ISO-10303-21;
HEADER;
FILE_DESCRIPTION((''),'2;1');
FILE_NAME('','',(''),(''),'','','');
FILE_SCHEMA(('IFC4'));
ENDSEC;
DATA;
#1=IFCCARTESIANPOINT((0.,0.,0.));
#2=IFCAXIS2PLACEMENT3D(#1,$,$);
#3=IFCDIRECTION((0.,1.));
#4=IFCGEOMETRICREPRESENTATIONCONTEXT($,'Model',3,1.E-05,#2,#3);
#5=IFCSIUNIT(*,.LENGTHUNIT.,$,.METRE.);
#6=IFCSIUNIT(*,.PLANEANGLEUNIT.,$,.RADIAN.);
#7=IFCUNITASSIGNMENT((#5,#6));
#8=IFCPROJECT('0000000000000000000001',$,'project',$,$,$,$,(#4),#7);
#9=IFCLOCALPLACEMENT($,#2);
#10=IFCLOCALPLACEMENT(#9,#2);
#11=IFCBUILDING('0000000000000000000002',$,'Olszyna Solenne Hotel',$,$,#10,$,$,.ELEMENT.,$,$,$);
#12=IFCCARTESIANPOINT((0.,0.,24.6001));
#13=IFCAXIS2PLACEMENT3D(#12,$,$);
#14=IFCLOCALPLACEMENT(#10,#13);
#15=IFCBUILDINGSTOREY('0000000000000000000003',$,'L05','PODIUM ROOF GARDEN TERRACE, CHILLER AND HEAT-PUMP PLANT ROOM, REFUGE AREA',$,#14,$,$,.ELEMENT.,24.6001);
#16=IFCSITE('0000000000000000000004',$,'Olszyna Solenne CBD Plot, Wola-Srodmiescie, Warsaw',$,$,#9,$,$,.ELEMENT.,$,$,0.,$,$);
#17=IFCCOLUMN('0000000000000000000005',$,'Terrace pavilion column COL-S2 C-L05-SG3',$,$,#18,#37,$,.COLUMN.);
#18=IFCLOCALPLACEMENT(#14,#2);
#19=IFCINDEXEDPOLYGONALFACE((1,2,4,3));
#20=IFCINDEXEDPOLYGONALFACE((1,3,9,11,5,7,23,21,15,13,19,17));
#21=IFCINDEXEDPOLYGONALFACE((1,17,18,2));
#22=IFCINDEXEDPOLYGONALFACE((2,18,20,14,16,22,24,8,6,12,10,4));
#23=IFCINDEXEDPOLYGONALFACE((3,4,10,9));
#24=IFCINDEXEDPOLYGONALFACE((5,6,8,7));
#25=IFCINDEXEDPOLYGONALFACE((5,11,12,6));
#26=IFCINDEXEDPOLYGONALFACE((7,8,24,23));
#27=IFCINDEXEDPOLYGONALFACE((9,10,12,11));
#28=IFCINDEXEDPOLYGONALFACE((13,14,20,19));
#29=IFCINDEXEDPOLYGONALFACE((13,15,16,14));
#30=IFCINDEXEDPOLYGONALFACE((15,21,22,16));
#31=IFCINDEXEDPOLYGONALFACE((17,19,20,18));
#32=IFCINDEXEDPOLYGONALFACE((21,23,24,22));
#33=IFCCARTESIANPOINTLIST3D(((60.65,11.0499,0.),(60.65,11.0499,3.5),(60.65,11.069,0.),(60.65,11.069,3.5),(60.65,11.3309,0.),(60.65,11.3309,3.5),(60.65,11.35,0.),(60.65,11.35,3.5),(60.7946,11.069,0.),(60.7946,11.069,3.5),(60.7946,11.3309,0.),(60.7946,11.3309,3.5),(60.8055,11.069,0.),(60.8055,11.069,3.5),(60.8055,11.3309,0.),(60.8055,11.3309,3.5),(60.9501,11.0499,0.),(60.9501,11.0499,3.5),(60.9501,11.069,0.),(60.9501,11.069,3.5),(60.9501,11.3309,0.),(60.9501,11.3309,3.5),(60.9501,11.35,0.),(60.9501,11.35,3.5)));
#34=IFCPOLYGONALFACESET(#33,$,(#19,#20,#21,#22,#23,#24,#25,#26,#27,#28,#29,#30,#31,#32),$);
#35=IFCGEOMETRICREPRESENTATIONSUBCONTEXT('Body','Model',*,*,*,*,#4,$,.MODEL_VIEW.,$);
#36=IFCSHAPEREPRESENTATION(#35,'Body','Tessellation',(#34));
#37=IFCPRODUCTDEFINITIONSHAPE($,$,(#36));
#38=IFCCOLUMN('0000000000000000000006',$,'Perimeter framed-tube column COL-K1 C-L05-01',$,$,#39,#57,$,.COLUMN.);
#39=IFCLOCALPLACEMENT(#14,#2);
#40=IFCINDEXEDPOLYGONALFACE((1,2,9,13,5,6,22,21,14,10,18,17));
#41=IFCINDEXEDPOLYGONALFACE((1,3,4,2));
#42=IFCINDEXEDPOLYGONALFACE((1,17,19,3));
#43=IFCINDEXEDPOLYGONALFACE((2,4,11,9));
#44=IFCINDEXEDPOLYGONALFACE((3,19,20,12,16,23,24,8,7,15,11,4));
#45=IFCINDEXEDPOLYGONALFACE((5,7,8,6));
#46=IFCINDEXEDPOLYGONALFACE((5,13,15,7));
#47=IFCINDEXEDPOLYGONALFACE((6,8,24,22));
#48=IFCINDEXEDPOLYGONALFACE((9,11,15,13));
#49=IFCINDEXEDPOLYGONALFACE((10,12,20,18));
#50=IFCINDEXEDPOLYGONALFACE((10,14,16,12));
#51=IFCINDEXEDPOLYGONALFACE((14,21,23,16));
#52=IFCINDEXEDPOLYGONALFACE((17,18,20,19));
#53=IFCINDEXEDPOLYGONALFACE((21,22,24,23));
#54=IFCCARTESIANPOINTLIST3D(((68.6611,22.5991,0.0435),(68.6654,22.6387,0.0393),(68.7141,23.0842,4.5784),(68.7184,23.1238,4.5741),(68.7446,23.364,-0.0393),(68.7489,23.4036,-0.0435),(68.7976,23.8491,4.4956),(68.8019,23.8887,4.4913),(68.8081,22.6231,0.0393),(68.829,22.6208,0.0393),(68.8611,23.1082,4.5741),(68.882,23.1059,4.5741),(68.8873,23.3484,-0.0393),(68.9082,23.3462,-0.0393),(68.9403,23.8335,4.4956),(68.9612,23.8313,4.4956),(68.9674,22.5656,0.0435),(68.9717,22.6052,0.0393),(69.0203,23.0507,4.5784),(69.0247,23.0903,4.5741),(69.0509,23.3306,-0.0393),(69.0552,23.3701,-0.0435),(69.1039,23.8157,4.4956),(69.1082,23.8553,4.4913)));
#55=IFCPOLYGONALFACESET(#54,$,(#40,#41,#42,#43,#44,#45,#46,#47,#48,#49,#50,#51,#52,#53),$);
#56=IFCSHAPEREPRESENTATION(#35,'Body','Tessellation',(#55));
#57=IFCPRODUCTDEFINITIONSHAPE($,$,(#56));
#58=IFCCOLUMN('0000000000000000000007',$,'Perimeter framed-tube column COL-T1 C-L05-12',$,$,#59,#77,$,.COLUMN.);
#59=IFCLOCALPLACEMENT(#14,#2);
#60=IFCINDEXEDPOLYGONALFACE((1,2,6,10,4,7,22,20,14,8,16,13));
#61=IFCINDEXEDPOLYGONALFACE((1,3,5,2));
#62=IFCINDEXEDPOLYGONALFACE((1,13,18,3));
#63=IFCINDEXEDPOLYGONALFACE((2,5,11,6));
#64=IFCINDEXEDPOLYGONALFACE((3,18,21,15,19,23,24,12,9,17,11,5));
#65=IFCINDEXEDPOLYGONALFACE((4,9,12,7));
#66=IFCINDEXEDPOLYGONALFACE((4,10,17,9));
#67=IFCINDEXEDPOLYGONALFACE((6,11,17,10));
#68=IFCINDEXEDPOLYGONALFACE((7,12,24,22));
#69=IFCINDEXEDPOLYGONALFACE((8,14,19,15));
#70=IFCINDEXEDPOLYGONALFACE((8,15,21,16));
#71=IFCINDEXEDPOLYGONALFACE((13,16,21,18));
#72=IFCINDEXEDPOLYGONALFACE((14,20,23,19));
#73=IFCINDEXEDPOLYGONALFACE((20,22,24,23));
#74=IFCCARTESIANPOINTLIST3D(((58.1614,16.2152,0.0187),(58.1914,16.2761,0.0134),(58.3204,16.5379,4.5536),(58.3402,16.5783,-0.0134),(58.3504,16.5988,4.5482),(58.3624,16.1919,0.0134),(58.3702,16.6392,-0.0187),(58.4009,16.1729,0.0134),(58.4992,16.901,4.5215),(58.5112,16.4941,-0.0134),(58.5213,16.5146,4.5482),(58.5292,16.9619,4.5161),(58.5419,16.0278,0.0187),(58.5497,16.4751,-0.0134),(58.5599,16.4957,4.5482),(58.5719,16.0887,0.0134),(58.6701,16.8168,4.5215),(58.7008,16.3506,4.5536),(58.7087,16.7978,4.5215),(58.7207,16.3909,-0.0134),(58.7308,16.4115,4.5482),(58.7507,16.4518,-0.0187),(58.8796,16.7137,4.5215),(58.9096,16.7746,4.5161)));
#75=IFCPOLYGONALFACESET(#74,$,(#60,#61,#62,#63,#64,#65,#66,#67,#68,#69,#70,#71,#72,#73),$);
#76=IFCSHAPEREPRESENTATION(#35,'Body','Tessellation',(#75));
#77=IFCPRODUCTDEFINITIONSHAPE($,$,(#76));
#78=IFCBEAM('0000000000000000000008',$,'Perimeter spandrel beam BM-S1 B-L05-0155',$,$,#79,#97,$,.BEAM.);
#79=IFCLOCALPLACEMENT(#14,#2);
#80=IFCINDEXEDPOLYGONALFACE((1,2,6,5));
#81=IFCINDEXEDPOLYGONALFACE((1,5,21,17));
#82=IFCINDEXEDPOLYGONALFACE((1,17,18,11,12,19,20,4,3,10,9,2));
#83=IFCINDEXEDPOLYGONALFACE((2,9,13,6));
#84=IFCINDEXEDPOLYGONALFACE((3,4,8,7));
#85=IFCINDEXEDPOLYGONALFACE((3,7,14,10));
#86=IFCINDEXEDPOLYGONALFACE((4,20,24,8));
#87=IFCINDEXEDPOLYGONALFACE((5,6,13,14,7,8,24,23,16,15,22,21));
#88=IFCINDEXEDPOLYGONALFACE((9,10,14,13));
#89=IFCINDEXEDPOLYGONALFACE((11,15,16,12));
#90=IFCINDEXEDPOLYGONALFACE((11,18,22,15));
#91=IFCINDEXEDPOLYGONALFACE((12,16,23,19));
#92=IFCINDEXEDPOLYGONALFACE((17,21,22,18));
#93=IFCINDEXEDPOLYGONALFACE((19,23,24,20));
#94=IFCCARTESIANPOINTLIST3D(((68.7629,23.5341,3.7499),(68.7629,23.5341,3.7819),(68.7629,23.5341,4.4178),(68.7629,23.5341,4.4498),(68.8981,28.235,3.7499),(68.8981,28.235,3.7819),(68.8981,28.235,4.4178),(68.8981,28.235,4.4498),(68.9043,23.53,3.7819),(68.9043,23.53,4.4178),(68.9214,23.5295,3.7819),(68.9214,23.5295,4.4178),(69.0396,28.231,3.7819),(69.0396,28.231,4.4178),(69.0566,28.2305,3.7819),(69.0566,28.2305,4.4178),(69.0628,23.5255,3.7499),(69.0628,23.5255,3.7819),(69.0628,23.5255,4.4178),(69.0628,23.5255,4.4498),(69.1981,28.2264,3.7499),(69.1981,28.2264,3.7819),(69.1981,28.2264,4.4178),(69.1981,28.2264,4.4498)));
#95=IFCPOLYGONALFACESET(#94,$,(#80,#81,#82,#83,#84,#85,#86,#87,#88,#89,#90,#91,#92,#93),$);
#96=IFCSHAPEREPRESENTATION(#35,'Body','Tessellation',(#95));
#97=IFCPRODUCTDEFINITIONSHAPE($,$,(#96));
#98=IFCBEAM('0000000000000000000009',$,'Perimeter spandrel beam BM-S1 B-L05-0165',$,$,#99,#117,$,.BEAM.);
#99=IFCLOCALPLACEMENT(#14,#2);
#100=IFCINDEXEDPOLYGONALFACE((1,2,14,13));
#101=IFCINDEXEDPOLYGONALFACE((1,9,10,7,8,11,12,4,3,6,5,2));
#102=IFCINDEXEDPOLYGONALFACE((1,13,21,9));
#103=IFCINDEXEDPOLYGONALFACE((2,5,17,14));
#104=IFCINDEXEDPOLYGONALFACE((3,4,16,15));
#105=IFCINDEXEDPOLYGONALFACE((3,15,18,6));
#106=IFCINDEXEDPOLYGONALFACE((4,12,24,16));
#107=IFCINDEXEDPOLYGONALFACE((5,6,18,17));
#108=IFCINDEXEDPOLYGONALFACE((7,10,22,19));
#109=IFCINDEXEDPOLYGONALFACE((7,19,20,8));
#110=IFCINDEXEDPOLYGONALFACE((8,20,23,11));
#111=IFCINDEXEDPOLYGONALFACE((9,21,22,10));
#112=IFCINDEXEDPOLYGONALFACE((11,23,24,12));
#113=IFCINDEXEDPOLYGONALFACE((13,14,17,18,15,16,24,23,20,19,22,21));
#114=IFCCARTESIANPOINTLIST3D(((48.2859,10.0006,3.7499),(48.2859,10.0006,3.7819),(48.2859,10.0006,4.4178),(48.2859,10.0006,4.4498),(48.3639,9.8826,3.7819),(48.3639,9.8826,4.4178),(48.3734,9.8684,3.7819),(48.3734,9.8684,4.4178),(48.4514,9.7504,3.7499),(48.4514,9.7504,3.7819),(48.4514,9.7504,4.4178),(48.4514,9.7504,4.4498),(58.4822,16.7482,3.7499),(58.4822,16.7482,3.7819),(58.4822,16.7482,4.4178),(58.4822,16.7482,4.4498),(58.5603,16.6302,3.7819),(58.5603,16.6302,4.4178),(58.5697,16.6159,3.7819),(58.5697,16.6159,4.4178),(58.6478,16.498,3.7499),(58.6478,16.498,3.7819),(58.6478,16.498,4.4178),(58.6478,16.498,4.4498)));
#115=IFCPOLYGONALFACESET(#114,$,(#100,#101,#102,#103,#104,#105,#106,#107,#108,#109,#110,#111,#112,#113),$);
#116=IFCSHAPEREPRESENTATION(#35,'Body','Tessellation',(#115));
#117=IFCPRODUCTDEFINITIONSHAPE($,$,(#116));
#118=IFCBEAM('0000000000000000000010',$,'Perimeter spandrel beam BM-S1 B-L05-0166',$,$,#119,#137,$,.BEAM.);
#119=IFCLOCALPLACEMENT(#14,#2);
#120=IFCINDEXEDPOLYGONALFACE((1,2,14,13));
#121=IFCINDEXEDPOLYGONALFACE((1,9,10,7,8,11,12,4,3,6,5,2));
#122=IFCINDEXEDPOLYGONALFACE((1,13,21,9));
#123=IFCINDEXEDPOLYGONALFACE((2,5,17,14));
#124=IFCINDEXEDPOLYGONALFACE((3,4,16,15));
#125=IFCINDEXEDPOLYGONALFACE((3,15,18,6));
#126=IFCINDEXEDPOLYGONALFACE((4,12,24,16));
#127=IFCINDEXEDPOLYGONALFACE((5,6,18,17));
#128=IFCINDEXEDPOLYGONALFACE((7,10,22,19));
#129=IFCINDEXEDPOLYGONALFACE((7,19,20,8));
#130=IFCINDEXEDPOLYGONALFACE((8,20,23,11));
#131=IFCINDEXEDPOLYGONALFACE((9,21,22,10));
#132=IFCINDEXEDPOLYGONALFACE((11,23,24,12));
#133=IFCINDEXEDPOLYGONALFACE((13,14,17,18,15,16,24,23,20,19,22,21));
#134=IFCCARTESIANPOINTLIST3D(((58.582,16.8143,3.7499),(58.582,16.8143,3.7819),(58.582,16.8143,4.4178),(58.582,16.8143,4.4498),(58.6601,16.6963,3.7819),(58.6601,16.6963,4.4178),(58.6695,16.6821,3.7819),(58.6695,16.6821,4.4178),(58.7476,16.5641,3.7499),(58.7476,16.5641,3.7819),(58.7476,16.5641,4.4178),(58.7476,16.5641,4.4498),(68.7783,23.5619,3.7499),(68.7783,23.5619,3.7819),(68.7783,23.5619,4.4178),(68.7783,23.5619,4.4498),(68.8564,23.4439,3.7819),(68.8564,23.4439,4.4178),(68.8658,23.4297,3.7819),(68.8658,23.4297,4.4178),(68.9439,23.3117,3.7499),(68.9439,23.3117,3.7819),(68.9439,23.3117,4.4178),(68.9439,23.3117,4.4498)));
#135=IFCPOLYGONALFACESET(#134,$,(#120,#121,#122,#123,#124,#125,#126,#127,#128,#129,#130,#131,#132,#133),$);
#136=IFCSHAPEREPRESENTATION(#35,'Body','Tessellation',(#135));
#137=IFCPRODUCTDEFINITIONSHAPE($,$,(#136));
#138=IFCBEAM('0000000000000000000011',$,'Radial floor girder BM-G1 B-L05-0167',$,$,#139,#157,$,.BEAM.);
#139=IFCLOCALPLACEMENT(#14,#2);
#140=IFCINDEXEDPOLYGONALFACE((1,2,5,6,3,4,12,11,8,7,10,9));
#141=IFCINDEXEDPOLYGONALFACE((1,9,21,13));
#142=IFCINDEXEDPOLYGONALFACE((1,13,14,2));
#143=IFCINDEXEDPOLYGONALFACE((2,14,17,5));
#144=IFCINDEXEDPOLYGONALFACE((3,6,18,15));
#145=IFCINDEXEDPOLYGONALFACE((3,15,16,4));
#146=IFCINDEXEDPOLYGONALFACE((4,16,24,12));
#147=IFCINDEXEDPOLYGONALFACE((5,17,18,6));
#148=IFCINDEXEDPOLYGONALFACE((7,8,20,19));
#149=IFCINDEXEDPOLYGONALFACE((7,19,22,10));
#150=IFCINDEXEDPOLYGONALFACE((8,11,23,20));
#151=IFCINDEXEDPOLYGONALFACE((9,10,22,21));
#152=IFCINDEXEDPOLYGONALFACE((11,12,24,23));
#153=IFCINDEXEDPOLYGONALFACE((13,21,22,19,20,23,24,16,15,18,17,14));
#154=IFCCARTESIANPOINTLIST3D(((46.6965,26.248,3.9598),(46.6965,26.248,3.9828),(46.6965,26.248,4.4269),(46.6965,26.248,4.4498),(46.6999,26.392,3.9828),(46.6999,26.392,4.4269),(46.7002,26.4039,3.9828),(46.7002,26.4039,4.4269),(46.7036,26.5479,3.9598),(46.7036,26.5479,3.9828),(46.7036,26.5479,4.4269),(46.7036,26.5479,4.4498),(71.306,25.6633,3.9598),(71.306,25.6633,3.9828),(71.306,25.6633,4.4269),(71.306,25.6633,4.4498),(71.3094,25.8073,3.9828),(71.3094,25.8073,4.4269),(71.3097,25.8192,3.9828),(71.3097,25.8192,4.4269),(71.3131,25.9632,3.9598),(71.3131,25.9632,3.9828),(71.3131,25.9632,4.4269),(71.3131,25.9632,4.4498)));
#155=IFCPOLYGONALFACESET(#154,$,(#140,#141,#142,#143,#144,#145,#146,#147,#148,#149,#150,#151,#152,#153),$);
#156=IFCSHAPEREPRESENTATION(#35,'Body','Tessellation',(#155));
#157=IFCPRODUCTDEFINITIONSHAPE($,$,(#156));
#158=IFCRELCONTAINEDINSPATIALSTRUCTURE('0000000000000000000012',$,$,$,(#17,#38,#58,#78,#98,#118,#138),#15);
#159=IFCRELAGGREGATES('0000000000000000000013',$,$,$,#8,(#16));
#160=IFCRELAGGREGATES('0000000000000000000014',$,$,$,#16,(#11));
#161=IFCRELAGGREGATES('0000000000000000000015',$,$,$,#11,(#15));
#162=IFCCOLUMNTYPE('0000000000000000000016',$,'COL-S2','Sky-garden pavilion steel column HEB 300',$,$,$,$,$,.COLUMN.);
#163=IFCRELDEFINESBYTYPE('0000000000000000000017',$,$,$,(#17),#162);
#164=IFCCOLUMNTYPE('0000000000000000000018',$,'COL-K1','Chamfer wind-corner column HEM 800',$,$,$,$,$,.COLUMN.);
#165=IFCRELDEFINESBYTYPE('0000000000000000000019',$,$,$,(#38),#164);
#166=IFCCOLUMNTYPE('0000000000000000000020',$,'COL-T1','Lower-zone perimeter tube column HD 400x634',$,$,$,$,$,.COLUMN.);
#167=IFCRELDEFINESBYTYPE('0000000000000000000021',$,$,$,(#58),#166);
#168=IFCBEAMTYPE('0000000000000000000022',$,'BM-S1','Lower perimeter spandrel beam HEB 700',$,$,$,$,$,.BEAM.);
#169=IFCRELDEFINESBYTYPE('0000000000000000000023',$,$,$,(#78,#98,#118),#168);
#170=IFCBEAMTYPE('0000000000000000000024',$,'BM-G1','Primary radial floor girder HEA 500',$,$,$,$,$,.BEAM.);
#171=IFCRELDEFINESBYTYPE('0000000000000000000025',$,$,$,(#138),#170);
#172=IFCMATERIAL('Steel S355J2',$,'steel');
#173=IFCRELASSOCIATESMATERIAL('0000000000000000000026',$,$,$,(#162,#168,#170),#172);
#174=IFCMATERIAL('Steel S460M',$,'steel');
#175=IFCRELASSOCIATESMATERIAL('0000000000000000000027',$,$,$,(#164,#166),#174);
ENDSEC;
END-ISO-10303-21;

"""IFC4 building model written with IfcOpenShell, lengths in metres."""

from ifc_helpers import new_model, si_unit, direction, frame, origin, origin_2d, place, context, subcontext, project, spatial, i_section, extrude, source, transform, mapped, material, material_profile, profile_set, type_object, element, save


model = new_model("IFC4")

# Units and contexts
model_context = context("Model", 3, precision=1e-05, world=origin(), true_north=direction((0.0, 1.0)))
body_context = subcontext(model_context, "Body", "Model", "MODEL_VIEW")
ifc_project = project(units=[si_unit("LENGTHUNIT", "METRE"), si_unit("PLANEANGLEUNIT", "RADIAN")], contexts=[model_context])

# Site, building, storey
site_placement = place(None, origin())
site = spatial("IfcSite", under=ifc_project, at=site_placement, Name="Olszyna Solenne CBD Plot, Wola-Srodmiescie, Warsaw", CompositionType="ELEMENT", RefElevation=0.0)
building_placement = place(site_placement, origin())
building = spatial("IfcBuilding", under=site, at=building_placement, Name="Olszyna Solenne Hotel", CompositionType="ELEMENT")
storey_placement = place(building_placement, frame((0.0, 0.0, 24.6001)))
storey = spatial("IfcBuildingStorey", under=building, at=storey_placement, Name="L05", Description="PODIUM ROOF GARDEN TERRACE, CHILLER AND HEAT-PUMP PLANT ROOM, REFUGE AREA", CompositionType="ELEMENT", Elevation=24.6001)

# Columns
ifc_material_1 = material(Name="Steel S355J2", Category="steel")
ifc_material_profile_1 = material_profile(ifc_material_1, i_section(OverallWidth=0.3, OverallDepth=0.3, WebThickness=0.011, FlangeThickness=0.019, at=origin_2d()), Name="HEB 300", Category="load-bearing")
ifc_profile_set_1 = profile_set([ifc_material_profile_1], Name="Steel S355J2")
column_type_1 = type_object("IfcColumnType", Name="COL-S2", Description="Sky-garden pavilion steel column HEB 300", PredefinedType="COLUMN", material=ifc_profile_set_1)
shared_shape_1 = source(origin(), body_context, "Body", "SweptSolid", [
    extrude(i_section(OverallWidth=0.3, OverallDepth=0.3, WebThickness=0.011, FlangeThickness=0.019, at=origin_2d()), origin(), (0.0, 0.0, 1.0), 3.5),
])
column_1_placement = place(storey_placement, frame((60.8, 11.2, 0.0), z_axis=(0.0, 0.0, 1.0), x_axis=(1.0, 0.0, 0.0)))
element("IfcColumn", 1, at=column_1_placement, inside=storey, type_object=column_type_1, Name="Terrace pavilion column COL-S2 C-L05-SG3", PredefinedType="COLUMN", context=body_context, shape_type="MappedRepresentation", body=[
    mapped(shared_shape_1, transform((0.0, 0.0, 0.0), x_axis=(1.0, 0.0, 0.0), y_axis=(0.0, 1.0, 0.0), z_axis=(0.0, 0.0, 1.0), scale=1.0)),
])
ifc_material_2 = material(Name="Steel S460M", Category="steel")
ifc_material_profile_2 = material_profile(ifc_material_2, i_section(OverallWidth=0.3081, OverallDepth=0.814, WebThickness=0.021, FlangeThickness=0.04, at=origin_2d()), Name="HEM 800", Category="load-bearing")
ifc_profile_set_2 = profile_set([ifc_material_profile_2], Name="Steel S460M")
column_type_2 = type_object("IfcColumnType", Name="COL-K1", Description="Chamfer wind-corner column HEM 800", PredefinedType="COLUMN", material=ifc_profile_set_2)
shared_shape_2 = source(origin(), body_context, "Body", "SweptSolid", [
    extrude(i_section(OverallWidth=0.3081, OverallDepth=0.814, WebThickness=0.021, FlangeThickness=0.04, at=origin_2d()), origin(), (0.0, 0.0, 1.0), 4.561),
])
column_2_placement = place(storey_placement, frame((68.8582, 22.9846, 0.0), z_axis=(0.011615, 0.106358, 0.99426), x_axis=(-0.994089, 0.108564, 0.0)))
element("IfcColumn", 2, at=column_2_placement, inside=storey, type_object=column_type_2, Name="Perimeter framed-tube column COL-K1 C-L05-01", PredefinedType="COLUMN", context=body_context, shape_type="MappedRepresentation", body=[
    mapped(shared_shape_2, transform((0.0, 0.0, 0.0), x_axis=(1.0, 0.0, 0.0), y_axis=(0.0, 1.0, 0.0), z_axis=(0.0, 0.0, 1.0), scale=1.0)),
])
ifc_material_profile_3 = material_profile(ifc_material_2, i_section(OverallWidth=0.4241, OverallDepth=0.4741, WebThickness=0.043, FlangeThickness=0.0681, at=origin_2d()), Name="HD 400x634", Category="load-bearing")
ifc_profile_set_3 = profile_set([ifc_material_profile_3], Name="Steel S460M")
column_type_3 = type_object("IfcColumnType", Name="COL-T1", Description="Lower-zone perimeter tube column HD 400x634", PredefinedType="COLUMN", material=ifc_profile_set_3)
shared_shape_3 = source(origin(), body_context, "Body", "SweptSolid", [
    extrude(i_section(OverallWidth=0.4241, OverallDepth=0.4741, WebThickness=0.043, FlangeThickness=0.0681, at=origin_2d()), origin(), (0.0, 0.0, 1.0), 4.5491),
])
column_3_placement = place(storey_placement, frame((58.4561, 16.3335, 0.0), z_axis=(0.034937, 0.070948, 0.996868), x_axis=(-0.897125, 0.441776, 0.0)))
element("IfcColumn", 3, at=column_3_placement, inside=storey, type_object=column_type_3, Name="Perimeter framed-tube column COL-T1 C-L05-12", PredefinedType="COLUMN", context=body_context, shape_type="MappedRepresentation", body=[
    mapped(shared_shape_3, transform((0.0, 0.0, 0.0), x_axis=(1.0, 0.0, 0.0), y_axis=(0.0, 1.0, 0.0), z_axis=(0.0, 0.0, 1.0), scale=1.0)),
])

# Beams
ifc_material_profile_4 = material_profile(ifc_material_1, i_section(OverallWidth=0.3, OverallDepth=0.7, WebThickness=0.0171, FlangeThickness=0.032, at=origin_2d()), Name="HEB 700", Category="load-bearing")
ifc_profile_set_4 = profile_set([ifc_material_profile_4], Name="Steel S355J2")
beam_type_1 = type_object("IfcBeamType", Name="BM-S1", Description="Lower perimeter spandrel beam HEB 700", PredefinedType="BEAM", material=ifc_profile_set_4)
shared_shape_4 = source(origin(), body_context, "Body", "SweptSolid", [
    extrude(i_section(OverallWidth=0.3, OverallDepth=0.7, WebThickness=0.0171, FlangeThickness=0.032, at=origin_2d()), origin(), (0.0, 0.0, 1.0), 4.7029),
])
beam_1_placement = place(storey_placement, frame((68.9128, 23.5298, 4.0999), z_axis=(0.02876, 0.999586, 0.0), x_axis=(-0.999586, 0.02876, 0.0)))
element("IfcBeam", 4, at=beam_1_placement, inside=storey, type_object=beam_type_1, Name="Perimeter spandrel beam BM-S1 B-L05-0155", PredefinedType="BEAM", context=body_context, shape_type="MappedRepresentation", body=[
    mapped(shared_shape_4, transform((0.0, 0.0, 0.0), x_axis=(1.0, 0.0, 0.0), y_axis=(0.0, 1.0, 0.0), z_axis=(0.0, 0.0, 1.0), scale=1.0)),
])
shared_shape_5 = source(origin(), body_context, "Body", "SweptSolid", [
    extrude(i_section(OverallWidth=0.3, OverallDepth=0.7, WebThickness=0.0171, FlangeThickness=0.032, at=origin_2d()), origin(), (0.0, 0.0, 1.0), 12.2268),
])
for number, where, z_axis, x_axis, name in (
    (5, (48.3687, 9.8755, 4.0999), (0.833932, 0.551868, 0.0), (-0.551868, 0.833932, 0.0), "Perimeter spandrel beam BM-S1 B-L05-0165"),
    (6, (58.6648, 16.6892, 4.0999), (0.833932, 0.551868, 0.0), (-0.551868, 0.833932, 0.0), "Perimeter spandrel beam BM-S1 B-L05-0166"),
):
    element("IfcBeam", number, at=place(storey_placement, frame(where, z_axis=z_axis, x_axis=x_axis)), inside=storey, type_object=beam_type_1, Name=name, PredefinedType="BEAM", context=body_context, shape_type="MappedRepresentation", body=[
        mapped(shared_shape_5, transform((0.0, 0.0, 0.0), x_axis=(1.0, 0.0, 0.0), y_axis=(0.0, 1.0, 0.0), z_axis=(0.0, 0.0, 1.0), scale=1.0)),
    ])
ifc_material_profile_5 = material_profile(ifc_material_1, i_section(OverallWidth=0.3, OverallDepth=0.49, WebThickness=0.012, FlangeThickness=0.0229, at=origin_2d()), Name="HEA 500", Category="load-bearing")
ifc_profile_set_5 = profile_set([ifc_material_profile_5], Name="Steel S355J2")
beam_type_2 = type_object("IfcBeamType", Name="BM-G1", Description="Primary radial floor girder HEA 500", PredefinedType="BEAM", material=ifc_profile_set_5)
shared_shape_6 = source(origin(), body_context, "Body", "SweptSolid", [
    extrude(i_section(OverallWidth=0.3, OverallDepth=0.49, WebThickness=0.012, FlangeThickness=0.0229, at=origin_2d()), origin(), (0.0, 0.0, 1.0), 24.6165),
])
beam_2_placement = place(storey_placement, frame((71.3096, 25.8132, 4.2048), z_axis=(-0.999718, 0.023753, 0.0), x_axis=(-0.023753, -0.999718, 0.0)))
element("IfcBeam", 7, at=beam_2_placement, inside=storey, type_object=beam_type_2, Name="Radial floor girder BM-G1 B-L05-0167", PredefinedType="BEAM", context=body_context, shape_type="MappedRepresentation", body=[
    mapped(shared_shape_6, transform((0.0, 0.0, 0.0), x_axis=(1.0, 0.0, 0.0), y_axis=(0.0, 1.0, 0.0), z_axis=(0.0, 0.0, 1.0), scale=1.0)),
])

save(model, "model.ifc")
